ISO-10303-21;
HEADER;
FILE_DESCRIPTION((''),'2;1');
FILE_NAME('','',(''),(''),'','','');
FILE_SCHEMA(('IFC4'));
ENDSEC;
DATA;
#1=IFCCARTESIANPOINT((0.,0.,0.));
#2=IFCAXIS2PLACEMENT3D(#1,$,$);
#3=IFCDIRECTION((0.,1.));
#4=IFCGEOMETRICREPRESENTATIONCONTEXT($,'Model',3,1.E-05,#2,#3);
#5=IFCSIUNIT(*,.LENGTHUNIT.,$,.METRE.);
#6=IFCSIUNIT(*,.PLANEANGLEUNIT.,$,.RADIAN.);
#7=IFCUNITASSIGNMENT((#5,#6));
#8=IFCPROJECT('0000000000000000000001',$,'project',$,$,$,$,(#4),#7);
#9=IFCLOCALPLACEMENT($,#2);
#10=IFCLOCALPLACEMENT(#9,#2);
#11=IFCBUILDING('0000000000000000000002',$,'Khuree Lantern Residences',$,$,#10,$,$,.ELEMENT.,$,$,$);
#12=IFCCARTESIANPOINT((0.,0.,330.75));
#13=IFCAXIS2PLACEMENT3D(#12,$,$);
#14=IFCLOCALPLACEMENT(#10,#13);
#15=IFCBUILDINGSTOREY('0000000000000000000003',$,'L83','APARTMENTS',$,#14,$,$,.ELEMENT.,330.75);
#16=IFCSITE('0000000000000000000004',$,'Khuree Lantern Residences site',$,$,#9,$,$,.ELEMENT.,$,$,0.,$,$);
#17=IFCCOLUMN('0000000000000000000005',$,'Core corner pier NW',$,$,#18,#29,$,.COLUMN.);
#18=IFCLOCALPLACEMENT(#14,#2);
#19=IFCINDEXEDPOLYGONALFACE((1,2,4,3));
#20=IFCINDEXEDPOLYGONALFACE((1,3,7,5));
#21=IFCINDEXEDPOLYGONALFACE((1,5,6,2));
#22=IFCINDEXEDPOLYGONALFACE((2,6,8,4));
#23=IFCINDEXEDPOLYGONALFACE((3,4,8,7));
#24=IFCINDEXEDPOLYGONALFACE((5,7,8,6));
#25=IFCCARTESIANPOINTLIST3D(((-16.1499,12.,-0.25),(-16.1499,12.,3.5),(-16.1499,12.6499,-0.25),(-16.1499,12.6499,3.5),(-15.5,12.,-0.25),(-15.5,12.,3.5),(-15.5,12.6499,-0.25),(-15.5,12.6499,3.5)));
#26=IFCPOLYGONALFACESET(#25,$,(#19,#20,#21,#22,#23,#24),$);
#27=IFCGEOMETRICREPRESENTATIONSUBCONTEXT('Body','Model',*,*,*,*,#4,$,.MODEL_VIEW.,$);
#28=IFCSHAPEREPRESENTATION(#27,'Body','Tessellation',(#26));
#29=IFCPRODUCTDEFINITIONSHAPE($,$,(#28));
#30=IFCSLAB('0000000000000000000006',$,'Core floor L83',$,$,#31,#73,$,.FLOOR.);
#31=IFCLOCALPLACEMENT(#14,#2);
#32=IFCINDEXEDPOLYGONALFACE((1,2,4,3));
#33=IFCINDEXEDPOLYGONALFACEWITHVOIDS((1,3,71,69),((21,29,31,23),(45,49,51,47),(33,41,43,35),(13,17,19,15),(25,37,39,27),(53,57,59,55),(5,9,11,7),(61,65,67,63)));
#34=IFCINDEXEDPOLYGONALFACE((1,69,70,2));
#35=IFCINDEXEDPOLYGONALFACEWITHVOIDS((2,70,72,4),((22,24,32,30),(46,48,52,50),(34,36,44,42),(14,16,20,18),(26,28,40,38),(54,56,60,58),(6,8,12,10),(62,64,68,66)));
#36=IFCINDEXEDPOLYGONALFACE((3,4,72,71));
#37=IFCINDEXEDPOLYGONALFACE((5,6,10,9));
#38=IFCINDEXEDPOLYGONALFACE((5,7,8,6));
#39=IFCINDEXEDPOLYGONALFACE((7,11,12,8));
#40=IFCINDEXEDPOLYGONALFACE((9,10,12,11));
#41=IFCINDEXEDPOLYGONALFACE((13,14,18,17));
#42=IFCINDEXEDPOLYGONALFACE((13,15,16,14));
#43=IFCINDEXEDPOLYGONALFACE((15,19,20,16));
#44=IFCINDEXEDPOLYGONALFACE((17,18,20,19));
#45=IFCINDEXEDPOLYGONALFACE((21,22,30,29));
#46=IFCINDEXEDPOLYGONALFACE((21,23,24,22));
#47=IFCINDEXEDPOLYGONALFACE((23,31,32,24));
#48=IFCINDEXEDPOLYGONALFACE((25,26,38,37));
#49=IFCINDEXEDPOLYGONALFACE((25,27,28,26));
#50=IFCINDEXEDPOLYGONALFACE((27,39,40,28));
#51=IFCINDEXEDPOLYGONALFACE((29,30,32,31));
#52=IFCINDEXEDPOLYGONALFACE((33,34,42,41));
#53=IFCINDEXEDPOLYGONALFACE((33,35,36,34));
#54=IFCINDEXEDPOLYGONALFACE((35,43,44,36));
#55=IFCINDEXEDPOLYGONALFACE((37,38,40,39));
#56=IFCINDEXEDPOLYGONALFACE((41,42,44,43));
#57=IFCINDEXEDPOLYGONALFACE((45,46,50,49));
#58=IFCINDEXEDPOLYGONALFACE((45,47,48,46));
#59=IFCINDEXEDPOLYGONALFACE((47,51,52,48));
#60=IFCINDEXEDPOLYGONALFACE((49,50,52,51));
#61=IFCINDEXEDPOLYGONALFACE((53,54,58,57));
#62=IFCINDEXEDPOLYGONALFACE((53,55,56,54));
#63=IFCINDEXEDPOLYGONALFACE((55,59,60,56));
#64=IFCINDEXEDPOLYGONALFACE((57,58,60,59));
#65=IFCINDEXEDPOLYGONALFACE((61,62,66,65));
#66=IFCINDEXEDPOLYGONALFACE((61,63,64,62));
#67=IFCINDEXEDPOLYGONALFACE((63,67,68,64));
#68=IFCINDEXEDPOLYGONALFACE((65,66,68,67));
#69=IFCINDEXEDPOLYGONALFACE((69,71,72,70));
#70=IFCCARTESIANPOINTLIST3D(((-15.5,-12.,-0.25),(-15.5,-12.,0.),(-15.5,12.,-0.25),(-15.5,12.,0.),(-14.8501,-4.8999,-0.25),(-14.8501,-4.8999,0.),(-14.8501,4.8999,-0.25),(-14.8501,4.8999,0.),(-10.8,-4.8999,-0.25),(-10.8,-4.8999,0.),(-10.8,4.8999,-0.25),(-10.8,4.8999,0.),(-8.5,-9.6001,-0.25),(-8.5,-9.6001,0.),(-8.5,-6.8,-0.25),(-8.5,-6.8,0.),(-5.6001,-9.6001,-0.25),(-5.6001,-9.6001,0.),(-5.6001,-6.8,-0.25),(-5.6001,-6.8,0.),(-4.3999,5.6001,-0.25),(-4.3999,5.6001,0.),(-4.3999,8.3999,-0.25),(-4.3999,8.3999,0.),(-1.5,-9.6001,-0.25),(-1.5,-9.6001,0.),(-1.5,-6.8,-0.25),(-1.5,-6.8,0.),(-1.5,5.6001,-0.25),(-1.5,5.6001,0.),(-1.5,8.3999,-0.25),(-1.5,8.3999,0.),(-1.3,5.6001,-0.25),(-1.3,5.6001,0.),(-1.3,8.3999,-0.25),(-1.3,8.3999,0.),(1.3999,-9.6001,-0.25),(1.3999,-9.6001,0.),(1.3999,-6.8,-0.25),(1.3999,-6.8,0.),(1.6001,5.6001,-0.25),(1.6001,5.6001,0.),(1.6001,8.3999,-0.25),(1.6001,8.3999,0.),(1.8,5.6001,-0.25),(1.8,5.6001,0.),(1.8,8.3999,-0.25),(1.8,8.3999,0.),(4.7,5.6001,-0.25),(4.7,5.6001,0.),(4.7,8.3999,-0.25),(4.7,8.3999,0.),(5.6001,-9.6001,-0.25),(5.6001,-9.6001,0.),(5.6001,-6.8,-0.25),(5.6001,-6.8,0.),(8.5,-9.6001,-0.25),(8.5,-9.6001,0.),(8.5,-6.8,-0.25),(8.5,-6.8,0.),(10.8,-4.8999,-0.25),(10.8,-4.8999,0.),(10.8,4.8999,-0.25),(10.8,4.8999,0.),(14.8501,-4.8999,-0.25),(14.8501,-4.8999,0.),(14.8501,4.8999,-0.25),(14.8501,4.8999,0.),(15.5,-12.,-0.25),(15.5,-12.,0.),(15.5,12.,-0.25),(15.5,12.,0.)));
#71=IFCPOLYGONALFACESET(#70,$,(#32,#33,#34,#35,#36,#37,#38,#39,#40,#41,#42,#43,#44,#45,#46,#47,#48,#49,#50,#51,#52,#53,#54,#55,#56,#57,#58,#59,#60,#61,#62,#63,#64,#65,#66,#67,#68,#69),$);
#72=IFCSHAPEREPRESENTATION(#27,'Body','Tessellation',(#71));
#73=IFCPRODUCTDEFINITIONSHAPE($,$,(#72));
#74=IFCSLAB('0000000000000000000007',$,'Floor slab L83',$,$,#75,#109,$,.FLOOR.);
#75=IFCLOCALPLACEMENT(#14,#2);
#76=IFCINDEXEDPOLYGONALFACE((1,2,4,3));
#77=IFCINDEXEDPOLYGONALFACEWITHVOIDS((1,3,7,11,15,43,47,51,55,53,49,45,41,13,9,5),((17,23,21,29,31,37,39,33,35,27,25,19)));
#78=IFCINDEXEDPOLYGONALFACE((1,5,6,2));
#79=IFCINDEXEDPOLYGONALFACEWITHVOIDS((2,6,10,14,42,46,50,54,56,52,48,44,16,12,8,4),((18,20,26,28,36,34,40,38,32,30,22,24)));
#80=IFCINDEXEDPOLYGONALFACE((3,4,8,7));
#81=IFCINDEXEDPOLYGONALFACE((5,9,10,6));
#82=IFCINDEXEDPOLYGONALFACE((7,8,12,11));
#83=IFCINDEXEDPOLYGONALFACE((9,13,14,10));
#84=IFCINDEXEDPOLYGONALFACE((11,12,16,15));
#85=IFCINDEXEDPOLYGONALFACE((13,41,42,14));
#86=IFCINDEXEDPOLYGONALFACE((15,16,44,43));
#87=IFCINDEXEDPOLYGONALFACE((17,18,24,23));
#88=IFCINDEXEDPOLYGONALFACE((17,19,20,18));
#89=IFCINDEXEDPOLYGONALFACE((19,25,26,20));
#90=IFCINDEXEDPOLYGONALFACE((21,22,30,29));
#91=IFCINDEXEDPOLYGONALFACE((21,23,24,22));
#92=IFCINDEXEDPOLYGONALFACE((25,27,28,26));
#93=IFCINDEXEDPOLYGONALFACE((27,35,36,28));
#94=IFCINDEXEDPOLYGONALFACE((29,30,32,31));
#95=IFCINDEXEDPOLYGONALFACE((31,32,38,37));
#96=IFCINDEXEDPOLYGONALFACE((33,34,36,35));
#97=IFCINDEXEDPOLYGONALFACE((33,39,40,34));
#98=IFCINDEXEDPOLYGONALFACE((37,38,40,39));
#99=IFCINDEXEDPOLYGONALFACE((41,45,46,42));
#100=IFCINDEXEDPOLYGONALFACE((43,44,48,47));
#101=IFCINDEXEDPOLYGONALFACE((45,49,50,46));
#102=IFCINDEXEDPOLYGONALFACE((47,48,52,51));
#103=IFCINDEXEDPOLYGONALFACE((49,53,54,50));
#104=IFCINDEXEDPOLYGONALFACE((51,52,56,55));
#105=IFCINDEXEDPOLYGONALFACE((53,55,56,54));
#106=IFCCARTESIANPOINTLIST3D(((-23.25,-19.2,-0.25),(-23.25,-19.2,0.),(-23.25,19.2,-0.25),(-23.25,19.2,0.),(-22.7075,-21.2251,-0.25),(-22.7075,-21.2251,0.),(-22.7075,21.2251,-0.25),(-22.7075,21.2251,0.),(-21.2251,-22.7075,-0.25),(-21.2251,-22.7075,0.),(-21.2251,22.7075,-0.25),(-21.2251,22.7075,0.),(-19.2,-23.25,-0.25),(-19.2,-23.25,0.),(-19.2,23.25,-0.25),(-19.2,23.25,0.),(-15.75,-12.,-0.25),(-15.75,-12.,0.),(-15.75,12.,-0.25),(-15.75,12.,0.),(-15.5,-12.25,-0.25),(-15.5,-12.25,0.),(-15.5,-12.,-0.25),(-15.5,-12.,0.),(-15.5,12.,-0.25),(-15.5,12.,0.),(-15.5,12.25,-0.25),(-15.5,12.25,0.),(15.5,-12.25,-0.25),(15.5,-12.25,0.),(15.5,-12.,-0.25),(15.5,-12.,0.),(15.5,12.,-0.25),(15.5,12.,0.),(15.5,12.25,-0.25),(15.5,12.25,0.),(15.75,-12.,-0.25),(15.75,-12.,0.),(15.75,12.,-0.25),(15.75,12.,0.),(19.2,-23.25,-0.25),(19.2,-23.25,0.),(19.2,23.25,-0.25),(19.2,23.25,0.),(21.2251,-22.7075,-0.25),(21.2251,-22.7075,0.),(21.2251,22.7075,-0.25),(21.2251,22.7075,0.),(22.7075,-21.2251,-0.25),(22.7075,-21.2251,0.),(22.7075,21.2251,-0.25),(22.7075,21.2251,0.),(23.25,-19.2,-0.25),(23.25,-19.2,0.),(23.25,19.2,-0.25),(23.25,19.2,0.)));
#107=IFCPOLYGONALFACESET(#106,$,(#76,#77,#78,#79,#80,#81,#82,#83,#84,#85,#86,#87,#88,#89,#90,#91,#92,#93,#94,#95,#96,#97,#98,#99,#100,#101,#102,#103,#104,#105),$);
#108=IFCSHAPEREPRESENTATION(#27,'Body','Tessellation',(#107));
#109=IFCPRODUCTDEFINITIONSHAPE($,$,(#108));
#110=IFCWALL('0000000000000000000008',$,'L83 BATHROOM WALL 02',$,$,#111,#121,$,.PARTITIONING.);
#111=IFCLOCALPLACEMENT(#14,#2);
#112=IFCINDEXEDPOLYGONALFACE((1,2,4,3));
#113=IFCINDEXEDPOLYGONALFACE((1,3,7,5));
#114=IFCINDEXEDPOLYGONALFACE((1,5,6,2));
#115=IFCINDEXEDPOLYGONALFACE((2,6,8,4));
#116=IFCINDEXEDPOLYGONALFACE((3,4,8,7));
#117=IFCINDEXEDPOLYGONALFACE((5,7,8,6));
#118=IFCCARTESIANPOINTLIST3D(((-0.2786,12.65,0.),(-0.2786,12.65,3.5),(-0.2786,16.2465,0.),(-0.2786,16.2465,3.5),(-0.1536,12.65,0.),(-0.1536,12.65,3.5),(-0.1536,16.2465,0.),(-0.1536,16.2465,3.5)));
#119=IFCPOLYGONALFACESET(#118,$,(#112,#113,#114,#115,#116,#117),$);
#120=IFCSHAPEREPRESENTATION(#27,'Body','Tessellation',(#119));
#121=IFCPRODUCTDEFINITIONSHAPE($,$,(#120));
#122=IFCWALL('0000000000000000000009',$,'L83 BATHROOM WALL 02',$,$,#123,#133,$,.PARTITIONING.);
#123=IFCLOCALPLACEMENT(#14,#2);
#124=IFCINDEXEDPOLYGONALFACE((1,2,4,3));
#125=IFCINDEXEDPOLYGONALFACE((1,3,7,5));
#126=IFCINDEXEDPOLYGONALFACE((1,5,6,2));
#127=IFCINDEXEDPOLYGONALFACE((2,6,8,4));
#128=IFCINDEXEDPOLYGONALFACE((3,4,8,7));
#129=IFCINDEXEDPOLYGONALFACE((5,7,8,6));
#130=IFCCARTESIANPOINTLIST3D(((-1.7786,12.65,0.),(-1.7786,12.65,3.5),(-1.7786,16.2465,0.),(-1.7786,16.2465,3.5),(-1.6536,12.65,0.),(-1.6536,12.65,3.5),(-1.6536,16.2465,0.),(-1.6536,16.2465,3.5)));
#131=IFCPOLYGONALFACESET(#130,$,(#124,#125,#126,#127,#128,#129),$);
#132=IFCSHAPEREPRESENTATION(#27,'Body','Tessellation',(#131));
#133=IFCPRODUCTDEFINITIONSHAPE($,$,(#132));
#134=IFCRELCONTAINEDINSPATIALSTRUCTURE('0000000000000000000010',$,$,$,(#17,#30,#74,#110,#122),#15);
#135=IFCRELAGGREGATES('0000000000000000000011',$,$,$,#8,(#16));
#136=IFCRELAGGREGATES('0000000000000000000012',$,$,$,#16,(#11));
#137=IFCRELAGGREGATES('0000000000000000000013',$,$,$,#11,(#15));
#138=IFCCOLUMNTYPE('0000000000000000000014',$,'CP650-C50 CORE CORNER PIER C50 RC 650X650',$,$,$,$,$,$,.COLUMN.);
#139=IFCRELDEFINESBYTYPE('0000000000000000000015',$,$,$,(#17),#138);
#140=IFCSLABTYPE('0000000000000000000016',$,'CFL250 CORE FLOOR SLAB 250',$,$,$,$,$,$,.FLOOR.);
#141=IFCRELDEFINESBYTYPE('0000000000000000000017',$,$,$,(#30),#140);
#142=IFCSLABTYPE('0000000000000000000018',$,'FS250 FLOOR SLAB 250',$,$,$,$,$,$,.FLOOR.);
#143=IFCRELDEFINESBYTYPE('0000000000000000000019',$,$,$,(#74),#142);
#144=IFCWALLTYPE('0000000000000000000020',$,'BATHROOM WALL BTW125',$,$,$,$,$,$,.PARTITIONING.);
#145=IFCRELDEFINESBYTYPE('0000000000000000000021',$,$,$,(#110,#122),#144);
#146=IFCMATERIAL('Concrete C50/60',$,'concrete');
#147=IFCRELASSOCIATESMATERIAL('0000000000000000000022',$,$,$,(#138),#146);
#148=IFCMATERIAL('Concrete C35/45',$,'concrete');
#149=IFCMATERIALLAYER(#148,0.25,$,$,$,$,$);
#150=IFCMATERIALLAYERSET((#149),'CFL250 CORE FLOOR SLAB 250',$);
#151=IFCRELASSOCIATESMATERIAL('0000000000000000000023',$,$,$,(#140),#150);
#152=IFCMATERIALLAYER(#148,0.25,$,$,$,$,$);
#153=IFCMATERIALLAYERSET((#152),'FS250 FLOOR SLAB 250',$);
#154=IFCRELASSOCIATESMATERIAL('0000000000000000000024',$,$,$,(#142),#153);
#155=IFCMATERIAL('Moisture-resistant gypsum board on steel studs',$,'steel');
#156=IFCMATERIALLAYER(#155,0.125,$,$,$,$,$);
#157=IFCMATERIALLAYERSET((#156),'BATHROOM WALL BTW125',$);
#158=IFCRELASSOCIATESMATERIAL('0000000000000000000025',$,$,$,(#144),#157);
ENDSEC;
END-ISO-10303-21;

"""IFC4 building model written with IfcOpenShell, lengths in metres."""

from ifc_helpers import new_model, si_unit, direction, frame, frame_2d, origin, origin_2d, place, context, subcontext, project, spatial, polyline, rectangle, outline, extrude, material, layer, layer_set, material_profile, profile_set, type_object, element, save


model = new_model("IFC4")

# Units and contexts
model_context = context("Model", 3, precision=1e-05, world=origin(), true_north=direction((0.0, 1.0)))
body_context = subcontext(model_context, "Body", "Model", "MODEL_VIEW")
ifc_project = project(units=[si_unit("LENGTHUNIT", "METRE"), si_unit("PLANEANGLEUNIT", "RADIAN")], contexts=[model_context])

# Site, building, storey
site_placement = place(None, origin())
site = spatial("IfcSite", under=ifc_project, at=site_placement, Name="Khuree Lantern Residences site", CompositionType="ELEMENT", RefElevation=0.0)
building_placement = place(site_placement, origin())
building = spatial("IfcBuilding", under=site, at=building_placement, Name="Khuree Lantern Residences", CompositionType="ELEMENT")
storey_placement = place(building_placement, frame((0.0, 0.0, 330.75)))
storey = spatial("IfcBuildingStorey", under=building, at=storey_placement, Name="L83", Description="APARTMENTS", CompositionType="ELEMENT", Elevation=330.75)

# Column
ifc_material_1 = material(Name="Concrete C50/60", Category="concrete")
ifc_material_profile = material_profile(ifc_material_1, rectangle(XDim=0.6499, YDim=0.6499, at=origin_2d()), Name="RC 650X650")
ifc_profile_set = profile_set([ifc_material_profile], Name="Concrete C50/60")
column_type = type_object("IfcColumnType", Name="CP650-C50 CORE CORNER PIER C50 RC 650X650", PredefinedType="COLUMN", material=ifc_profile_set)
column_placement = place(storey_placement, frame((-15.825, 12.325, -0.25), z_axis=(0.0, 0.0, 1.0), x_axis=(1.0, 0.0, 0.0)))
element("IfcColumn", 1, at=column_placement, inside=storey, type_object=column_type, Name="Core corner pier NW", PredefinedType="COLUMN", context=body_context, shape_type="SweptSolid", body=[
    extrude(rectangle(XDim=0.6499, YDim=0.6499, at=origin_2d()), origin(), (0.0, 0.0, 1.0), 3.75),
])

# Slabs
ifc_material_2 = material(Name="Concrete C35/45", Category="concrete")
ifc_layer_1 = layer(ifc_material_2, 0.25)
ifc_layer_set_1 = layer_set([ifc_layer_1], Name="CFL250 CORE FLOOR SLAB 250")
slab_type_1 = type_object("IfcSlabType", Name="CFL250 CORE FLOOR SLAB 250", PredefinedType="FLOOR", material=ifc_layer_set_1)
slab_1_placement = place(storey_placement, frame((0.0, 0.0, -0.25)))
element("IfcSlab", 2, at=slab_1_placement, inside=storey, type_object=slab_type_1, Name="Core floor L83", PredefinedType="FLOOR", context=body_context, shape_type="SweptSolid", body=[
    extrude(outline(polyline([(-15.5, -12.0), (-15.5, 12.0), (15.5, 12.0), (15.5, -12.0), (-15.5, -12.0)]), holes=[polyline([(10.8, 4.8999), (10.8, -4.8999), (14.8501, -4.8999), (14.8501, 4.8999), (10.8, 4.8999)]), polyline([(5.6001, -6.8), (5.6001, -9.6001), (8.5, -9.6001), (8.5, -6.8), (5.6001, -6.8)]), polyline([(1.8, 8.3999), (1.8, 5.6001), (4.7, 5.6001), (4.7, 8.3999), (1.8, 8.3999)]), polyline([(-1.3, 8.3999), (-1.3, 5.6001), (1.6001, 5.6001), (1.6001, 8.3999), (-1.3, 8.3999)]), polyline([(-1.5, -6.8), (-1.5, -9.6001), (1.3999, -9.6001), (1.3999, -6.8), (-1.5, -6.8)]), polyline([(-4.3999, 8.3999), (-4.3999, 5.6001), (-1.5, 5.6001), (-1.5, 8.3999), (-4.3999, 8.3999)]), polyline([(-8.5, -6.8), (-8.5, -9.6001), (-5.6001, -9.6001), (-5.6001, -6.8), (-8.5, -6.8)]), polyline([(-14.8501, 4.8999), (-14.8501, -4.8999), (-10.8, -4.8999), (-10.8, 4.8999), (-14.8501, 4.8999)])]), origin(), (0.0, 0.0, 1.0), 0.25),
])
ifc_layer_2 = layer(ifc_material_2, 0.25)
ifc_layer_set_2 = layer_set([ifc_layer_2], Name="FS250 FLOOR SLAB 250")
slab_type_2 = type_object("IfcSlabType", Name="FS250 FLOOR SLAB 250", PredefinedType="FLOOR", material=ifc_layer_set_2)
slab_2_placement = place(storey_placement, frame((0.0, 0.0, -0.25)))
element("IfcSlab", 3, at=slab_2_placement, inside=storey, type_object=slab_type_2, Name="Floor slab L83", PredefinedType="FLOOR", context=body_context, shape_type="SweptSolid", body=[
    extrude(outline(polyline([(-21.2251, -22.7075), (-22.7075, -21.2251), (-23.25, -19.2), (-23.25, 19.2), (-22.7075, 21.2251), (-21.2251, 22.7075), (-19.2, 23.25), (19.2, 23.25), (21.2251, 22.7075), (22.7075, 21.2251), (23.25, 19.2), (23.25, -19.2), (22.7075, -21.2251), (21.2251, -22.7075), (19.2, -23.25), (-19.2, -23.25), (-21.2251, -22.7075)]), holes=[polyline([(15.75, 12.0), (15.5, 12.0), (15.5, 12.25), (-15.5, 12.25), (-15.5, 12.0), (-15.75, 12.0), (-15.75, -12.0), (-15.5, -12.0), (-15.5, -12.25), (15.5, -12.25), (15.5, -12.0), (15.75, -12.0), (15.75, 12.0)])]), origin(), (0.0, 0.0, 1.0), 0.25),
])

# Walls
ifc_material_3 = material(Name="Moisture-resistant gypsum board on steel studs", Category="steel")
ifc_layer_3 = layer(ifc_material_3, 0.125)
ifc_layer_set_3 = layer_set([ifc_layer_3], Name="BATHROOM WALL BTW125")
wall_type_1 = type_object("IfcWallType", Name="BATHROOM WALL BTW125", PredefinedType="PARTITIONING", material=ifc_layer_set_3)
for number, where, z_axis, x_axis, name in (
    (4, (-0.2161, 12.6499, 0.0), (0.0, 0.0, 1.0), (0.0, 1.0, 0.0), "L83 BATHROOM WALL 02"),
    (5, (-1.7161, 12.6499, 0.0), (0.0, 0.0, 1.0), (0.0, 1.0, 0.0), "L83 BATHROOM WALL 02"),
):
    element("IfcWall", number, at=place(storey_placement, frame(where, z_axis=z_axis, x_axis=x_axis)), inside=storey, type_object=wall_type_1, Name=name, PredefinedType="PARTITIONING", context=body_context, shape_type="SweptSolid", body=[
        extrude(rectangle(XDim=3.5964, YDim=0.125, at=frame_2d((1.7983, 0.0))), origin(), (0.0, 0.0, 1.0), 3.5),
    ])

save(model, "model.ifc")
